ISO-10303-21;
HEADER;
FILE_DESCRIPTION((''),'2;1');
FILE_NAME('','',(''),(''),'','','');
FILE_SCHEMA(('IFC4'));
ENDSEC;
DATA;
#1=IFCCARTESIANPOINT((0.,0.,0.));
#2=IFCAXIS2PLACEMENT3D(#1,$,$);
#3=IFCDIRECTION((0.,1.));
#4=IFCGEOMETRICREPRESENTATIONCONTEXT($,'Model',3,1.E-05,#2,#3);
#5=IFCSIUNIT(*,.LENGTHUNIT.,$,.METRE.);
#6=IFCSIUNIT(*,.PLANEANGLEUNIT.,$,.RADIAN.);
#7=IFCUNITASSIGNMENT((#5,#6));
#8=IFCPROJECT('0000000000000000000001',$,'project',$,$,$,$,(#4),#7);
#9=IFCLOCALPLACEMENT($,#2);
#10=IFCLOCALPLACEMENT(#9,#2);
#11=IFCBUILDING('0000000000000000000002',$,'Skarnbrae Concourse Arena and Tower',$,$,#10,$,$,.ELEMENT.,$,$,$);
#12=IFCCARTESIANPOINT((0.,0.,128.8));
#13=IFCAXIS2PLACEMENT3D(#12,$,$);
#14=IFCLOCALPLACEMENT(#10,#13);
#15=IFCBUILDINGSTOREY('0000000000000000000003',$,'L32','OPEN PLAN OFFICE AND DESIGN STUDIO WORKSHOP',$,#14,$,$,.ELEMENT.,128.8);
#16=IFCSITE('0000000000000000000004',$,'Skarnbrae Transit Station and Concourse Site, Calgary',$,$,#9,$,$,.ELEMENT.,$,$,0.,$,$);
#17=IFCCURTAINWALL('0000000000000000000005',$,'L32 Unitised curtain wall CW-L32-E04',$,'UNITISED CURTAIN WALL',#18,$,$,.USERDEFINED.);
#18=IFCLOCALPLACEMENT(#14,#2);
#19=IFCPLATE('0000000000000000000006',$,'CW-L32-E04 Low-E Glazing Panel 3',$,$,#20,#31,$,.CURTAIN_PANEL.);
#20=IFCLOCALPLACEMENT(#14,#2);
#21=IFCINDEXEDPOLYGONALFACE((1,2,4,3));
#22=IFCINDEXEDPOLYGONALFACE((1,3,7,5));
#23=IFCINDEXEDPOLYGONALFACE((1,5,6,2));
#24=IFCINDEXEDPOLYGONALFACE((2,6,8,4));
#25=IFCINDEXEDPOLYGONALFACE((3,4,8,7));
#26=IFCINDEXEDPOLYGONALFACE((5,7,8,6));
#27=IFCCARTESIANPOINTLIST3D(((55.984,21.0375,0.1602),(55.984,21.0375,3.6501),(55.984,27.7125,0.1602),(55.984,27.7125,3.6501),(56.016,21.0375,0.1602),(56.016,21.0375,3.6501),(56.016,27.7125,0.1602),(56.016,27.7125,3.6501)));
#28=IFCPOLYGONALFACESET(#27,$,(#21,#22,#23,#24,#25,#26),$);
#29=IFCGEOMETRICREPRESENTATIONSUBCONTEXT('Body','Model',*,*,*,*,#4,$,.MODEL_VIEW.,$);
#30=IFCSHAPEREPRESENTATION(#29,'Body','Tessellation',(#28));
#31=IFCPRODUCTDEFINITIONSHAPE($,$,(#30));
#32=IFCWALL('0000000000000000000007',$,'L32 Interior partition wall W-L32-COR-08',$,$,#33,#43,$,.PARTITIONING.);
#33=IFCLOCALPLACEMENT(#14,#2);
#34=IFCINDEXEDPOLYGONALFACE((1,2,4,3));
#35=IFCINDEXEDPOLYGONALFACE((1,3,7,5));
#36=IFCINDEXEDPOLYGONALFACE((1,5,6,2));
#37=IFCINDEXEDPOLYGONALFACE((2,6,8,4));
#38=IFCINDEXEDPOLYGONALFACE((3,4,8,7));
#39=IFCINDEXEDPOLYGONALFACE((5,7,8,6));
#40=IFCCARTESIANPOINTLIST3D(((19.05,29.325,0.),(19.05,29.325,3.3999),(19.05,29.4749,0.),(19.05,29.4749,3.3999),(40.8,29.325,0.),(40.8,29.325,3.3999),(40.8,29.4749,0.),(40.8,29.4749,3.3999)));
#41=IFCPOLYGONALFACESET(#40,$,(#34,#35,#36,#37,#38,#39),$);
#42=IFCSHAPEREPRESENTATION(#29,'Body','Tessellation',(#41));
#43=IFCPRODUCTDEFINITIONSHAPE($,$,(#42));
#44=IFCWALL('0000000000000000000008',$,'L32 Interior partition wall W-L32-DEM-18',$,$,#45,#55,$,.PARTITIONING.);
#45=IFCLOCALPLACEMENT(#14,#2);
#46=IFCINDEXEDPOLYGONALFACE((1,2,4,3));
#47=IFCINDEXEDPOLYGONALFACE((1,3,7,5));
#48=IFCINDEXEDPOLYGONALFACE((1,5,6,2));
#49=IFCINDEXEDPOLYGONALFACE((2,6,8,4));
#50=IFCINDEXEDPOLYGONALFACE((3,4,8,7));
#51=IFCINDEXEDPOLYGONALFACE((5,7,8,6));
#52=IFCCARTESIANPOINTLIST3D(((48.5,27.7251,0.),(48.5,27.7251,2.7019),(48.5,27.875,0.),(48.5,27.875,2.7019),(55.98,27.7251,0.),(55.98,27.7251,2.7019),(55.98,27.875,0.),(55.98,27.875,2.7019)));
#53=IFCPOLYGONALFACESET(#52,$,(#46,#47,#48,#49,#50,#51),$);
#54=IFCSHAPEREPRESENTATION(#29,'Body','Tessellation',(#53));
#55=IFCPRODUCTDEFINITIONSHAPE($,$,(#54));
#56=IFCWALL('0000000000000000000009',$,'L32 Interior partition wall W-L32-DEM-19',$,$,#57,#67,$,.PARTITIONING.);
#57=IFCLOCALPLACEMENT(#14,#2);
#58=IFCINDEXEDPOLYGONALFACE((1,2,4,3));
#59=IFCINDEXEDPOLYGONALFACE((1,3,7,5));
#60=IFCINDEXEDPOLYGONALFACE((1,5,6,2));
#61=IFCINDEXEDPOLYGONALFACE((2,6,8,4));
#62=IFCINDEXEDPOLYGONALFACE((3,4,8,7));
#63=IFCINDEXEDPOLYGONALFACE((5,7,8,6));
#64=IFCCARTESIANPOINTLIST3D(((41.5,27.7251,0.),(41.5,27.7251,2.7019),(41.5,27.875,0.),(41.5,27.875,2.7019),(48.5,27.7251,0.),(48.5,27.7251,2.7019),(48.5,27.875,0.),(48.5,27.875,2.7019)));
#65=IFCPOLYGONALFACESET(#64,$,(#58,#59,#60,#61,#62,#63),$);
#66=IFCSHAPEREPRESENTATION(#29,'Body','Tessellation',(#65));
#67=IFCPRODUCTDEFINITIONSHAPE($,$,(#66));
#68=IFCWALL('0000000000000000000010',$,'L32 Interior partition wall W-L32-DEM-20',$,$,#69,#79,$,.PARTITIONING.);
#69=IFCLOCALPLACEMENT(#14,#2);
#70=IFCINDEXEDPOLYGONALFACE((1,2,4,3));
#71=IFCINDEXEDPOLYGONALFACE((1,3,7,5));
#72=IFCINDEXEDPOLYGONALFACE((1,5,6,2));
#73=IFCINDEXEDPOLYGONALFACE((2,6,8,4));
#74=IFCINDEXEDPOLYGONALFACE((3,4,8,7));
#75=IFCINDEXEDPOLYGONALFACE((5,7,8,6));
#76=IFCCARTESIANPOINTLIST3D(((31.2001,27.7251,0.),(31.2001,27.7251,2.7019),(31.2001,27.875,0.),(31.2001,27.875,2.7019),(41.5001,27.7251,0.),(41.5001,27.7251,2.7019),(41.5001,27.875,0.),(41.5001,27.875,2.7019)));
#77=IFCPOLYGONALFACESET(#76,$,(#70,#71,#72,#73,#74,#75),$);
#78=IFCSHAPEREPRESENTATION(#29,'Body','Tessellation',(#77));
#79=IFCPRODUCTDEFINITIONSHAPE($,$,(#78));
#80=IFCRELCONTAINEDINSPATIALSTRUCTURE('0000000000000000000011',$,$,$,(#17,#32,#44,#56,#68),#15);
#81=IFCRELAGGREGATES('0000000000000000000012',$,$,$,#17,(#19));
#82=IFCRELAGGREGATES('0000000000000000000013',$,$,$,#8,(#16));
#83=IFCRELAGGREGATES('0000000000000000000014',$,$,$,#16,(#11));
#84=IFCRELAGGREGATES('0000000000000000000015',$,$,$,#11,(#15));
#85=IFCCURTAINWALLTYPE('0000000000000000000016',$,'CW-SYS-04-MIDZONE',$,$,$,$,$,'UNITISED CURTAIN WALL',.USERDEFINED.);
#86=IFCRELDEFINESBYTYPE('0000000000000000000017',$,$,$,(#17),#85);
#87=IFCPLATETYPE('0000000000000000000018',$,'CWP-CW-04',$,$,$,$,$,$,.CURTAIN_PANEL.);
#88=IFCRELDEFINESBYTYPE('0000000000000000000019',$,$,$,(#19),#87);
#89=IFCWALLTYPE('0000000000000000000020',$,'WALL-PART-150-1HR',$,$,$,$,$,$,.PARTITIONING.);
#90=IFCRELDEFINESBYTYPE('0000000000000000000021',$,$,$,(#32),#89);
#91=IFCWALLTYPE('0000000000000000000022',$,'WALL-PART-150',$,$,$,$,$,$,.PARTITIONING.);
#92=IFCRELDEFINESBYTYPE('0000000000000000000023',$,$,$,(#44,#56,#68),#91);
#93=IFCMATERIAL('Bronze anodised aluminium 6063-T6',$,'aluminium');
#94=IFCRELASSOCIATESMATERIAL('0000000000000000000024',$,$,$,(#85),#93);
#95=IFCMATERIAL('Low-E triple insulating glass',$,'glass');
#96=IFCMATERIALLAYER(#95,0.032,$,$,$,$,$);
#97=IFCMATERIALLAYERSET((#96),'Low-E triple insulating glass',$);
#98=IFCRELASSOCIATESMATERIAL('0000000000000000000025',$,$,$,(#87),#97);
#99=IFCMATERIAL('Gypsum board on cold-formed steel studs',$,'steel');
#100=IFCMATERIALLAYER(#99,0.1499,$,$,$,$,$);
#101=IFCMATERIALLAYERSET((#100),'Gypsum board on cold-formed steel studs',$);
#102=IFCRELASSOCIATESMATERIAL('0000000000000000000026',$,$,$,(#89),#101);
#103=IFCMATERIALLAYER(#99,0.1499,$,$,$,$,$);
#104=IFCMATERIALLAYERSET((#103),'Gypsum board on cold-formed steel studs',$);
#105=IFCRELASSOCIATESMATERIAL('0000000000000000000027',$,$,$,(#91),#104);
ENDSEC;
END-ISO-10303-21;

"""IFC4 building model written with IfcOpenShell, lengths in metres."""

from ifc_helpers import new_model, si_unit, direction, frame, frame_2d, origin, origin_2d, place, context, subcontext, project, spatial, rectangle, extrude, source, transform, mapped, material, layer, layer_set, type_object, element, aggregate, save


model = new_model("IFC4")

# Units and contexts
model_context = context("Model", 3, precision=1e-05, world=origin(), true_north=direction((0.0, 1.0)))
body_context = subcontext(model_context, "Body", "Model", "MODEL_VIEW")
ifc_project = project(units=[si_unit("LENGTHUNIT", "METRE"), si_unit("PLANEANGLEUNIT", "RADIAN")], contexts=[model_context])

# Site, building, storey
site_placement = place(None, origin())
site = spatial("IfcSite", under=ifc_project, at=site_placement, Name="Skarnbrae Transit Station and Concourse Site, Calgary", CompositionType="ELEMENT", RefElevation=0.0)
building_placement = place(site_placement, origin())
building = spatial("IfcBuilding", under=site, at=building_placement, Name="Skarnbrae Concourse Arena and Tower", CompositionType="ELEMENT")
storey_placement = place(building_placement, frame((0.0, 0.0, 128.8)))
storey = spatial("IfcBuildingStorey", under=building, at=storey_placement, Name="L32", Description="OPEN PLAN OFFICE AND DESIGN STUDIO WORKSHOP", CompositionType="ELEMENT", Elevation=128.8)

# Curtain wall, plate
ifc_material_1 = material(Name="Bronze anodised aluminium 6063-T6", Category="aluminium")
curtain_wall_type = type_object("IfcCurtainWallType", Name="CW-SYS-04-MIDZONE", ElementType="UNITISED CURTAIN WALL", PredefinedType="USERDEFINED", material=ifc_material_1)
curtain_wall_placement = place(storey_placement, origin())
curtain_wall = element("IfcCurtainWall", 1, at=curtain_wall_placement, inside=storey, type_object=curtain_wall_type, Name="L32 Unitised curtain wall CW-L32-E04", ObjectType="UNITISED CURTAIN WALL", PredefinedType="USERDEFINED")
ifc_material_2 = material(Name="Low-E triple insulating glass", Category="glass")
ifc_layer_1 = layer(ifc_material_2, 0.032)
ifc_layer_set_1 = layer_set([ifc_layer_1], Name="Low-E triple insulating glass")
plate_type = type_object("IfcPlateType", Name="CWP-CW-04", PredefinedType="CURTAIN_PANEL", material=ifc_layer_set_1)
shared_shape_1 = source(origin(), body_context, "Body", "SweptSolid", [
    extrude(rectangle(XDim=6.675, YDim=0.032, at=origin_2d()), origin(), (0.0, 0.0, 1.0), 3.49),
])
plate_1_placement = place(storey_placement, frame((56.0, 24.375, 0.1602), z_axis=(0.0, 0.0, 1.0), x_axis=(0.0, 1.0, 0.0)))
plate_1 = element("IfcPlate", 2, at=plate_1_placement, type_object=plate_type, Name="CW-L32-E04 Low-E Glazing Panel 3", PredefinedType="CURTAIN_PANEL", context=body_context, shape_type="MappedRepresentation", body=[
    mapped(shared_shape_1, transform((0.0, 0.0, 0.0))),
])
aggregate(curtain_wall, [plate_1])

# Walls
ifc_material_3 = material(Name="Gypsum board on cold-formed steel studs", Category="steel")
ifc_layer_2 = layer(ifc_material_3, 0.1499)
ifc_layer_set_2 = layer_set([ifc_layer_2], Name="Gypsum board on cold-formed steel studs")
wall_type_1 = type_object("IfcWallType", Name="WALL-PART-150-1HR", PredefinedType="PARTITIONING", material=ifc_layer_set_2)
shared_shape_2 = source(origin(), body_context, "Body", "SweptSolid", [
    extrude(rectangle(XDim=21.75, YDim=0.1499, at=frame_2d((10.875, 0.0))), origin(), (0.0, 0.0, 1.0), 3.3999),
])
wall_1_placement = place(storey_placement, frame((40.8, 29.3999, 0.0), z_axis=(0.0, 0.0, 1.0), x_axis=(-1.0, 0.0, 0.0)))
element("IfcWall", 3, at=wall_1_placement, inside=storey, type_object=wall_type_1, Name="L32 Interior partition wall W-L32-COR-08", PredefinedType="PARTITIONING", context=body_context, shape_type="MappedRepresentation", body=[
    mapped(shared_shape_2, transform((0.0, 0.0, 0.0))),
])
ifc_layer_3 = layer(ifc_material_3, 0.1499)
ifc_layer_set_3 = layer_set([ifc_layer_3], Name="Gypsum board on cold-formed steel studs")
wall_type_2 = type_object("IfcWallType", Name="WALL-PART-150", PredefinedType="PARTITIONING", material=ifc_layer_set_3)
shared_shape_3 = source(origin(), body_context, "Body", "SweptSolid", [
    extrude(rectangle(XDim=7.48, YDim=0.1499, at=frame_2d((3.74, 0.0))), origin(), (0.0, 0.0, 1.0), 2.7019),
])
wall_2_placement = place(storey_placement, frame((55.98, 27.8, 0.0), z_axis=(0.0, 0.0, 1.0), x_axis=(-1.0, 0.0, 0.0)))
element("IfcWall", 4, at=wall_2_placement, inside=storey, type_object=wall_type_2, Name="L32 Interior partition wall W-L32-DEM-18", PredefinedType="PARTITIONING", context=body_context, shape_type="MappedRepresentation", body=[
    mapped(shared_shape_3, transform((0.0, 0.0, 0.0))),
])
shared_shape_4 = source(origin(), body_context, "Body", "SweptSolid", [
    extrude(rectangle(XDim=7.0, YDim=0.1499, at=frame_2d((3.5, 0.0))), origin(), (0.0, 0.0, 1.0), 2.7019),
])
wall_3_placement = place(storey_placement, frame((48.5, 27.8, 0.0), z_axis=(0.0, 0.0, 1.0), x_axis=(-1.0, 0.0, 0.0)))
element("IfcWall", 5, at=wall_3_placement, inside=storey, type_object=wall_type_2, Name="L32 Interior partition wall W-L32-DEM-19", PredefinedType="PARTITIONING", context=body_context, shape_type="MappedRepresentation", body=[
    mapped(shared_shape_4, transform((0.0, 0.0, 0.0))),
])
shared_shape_5 = source(origin(), body_context, "Body", "SweptSolid", [
    extrude(rectangle(XDim=10.3, YDim=0.1499, at=frame_2d((5.1499, 0.0))), origin(), (0.0, 0.0, 1.0), 2.7019),
])
wall_4_placement = place(storey_placement, frame((41.5, 27.8, 0.0), z_axis=(0.0, 0.0, 1.0), x_axis=(-1.0, 0.0, 0.0)))
element("IfcWall", 6, at=wall_4_placement, inside=storey, type_object=wall_type_2, Name="L32 Interior partition wall W-L32-DEM-20", PredefinedType="PARTITIONING", context=body_context, shape_type="MappedRepresentation", body=[
    mapped(shared_shape_5, transform((0.0, 0.0, 0.0))),
])

save(model, "model.ifc")
